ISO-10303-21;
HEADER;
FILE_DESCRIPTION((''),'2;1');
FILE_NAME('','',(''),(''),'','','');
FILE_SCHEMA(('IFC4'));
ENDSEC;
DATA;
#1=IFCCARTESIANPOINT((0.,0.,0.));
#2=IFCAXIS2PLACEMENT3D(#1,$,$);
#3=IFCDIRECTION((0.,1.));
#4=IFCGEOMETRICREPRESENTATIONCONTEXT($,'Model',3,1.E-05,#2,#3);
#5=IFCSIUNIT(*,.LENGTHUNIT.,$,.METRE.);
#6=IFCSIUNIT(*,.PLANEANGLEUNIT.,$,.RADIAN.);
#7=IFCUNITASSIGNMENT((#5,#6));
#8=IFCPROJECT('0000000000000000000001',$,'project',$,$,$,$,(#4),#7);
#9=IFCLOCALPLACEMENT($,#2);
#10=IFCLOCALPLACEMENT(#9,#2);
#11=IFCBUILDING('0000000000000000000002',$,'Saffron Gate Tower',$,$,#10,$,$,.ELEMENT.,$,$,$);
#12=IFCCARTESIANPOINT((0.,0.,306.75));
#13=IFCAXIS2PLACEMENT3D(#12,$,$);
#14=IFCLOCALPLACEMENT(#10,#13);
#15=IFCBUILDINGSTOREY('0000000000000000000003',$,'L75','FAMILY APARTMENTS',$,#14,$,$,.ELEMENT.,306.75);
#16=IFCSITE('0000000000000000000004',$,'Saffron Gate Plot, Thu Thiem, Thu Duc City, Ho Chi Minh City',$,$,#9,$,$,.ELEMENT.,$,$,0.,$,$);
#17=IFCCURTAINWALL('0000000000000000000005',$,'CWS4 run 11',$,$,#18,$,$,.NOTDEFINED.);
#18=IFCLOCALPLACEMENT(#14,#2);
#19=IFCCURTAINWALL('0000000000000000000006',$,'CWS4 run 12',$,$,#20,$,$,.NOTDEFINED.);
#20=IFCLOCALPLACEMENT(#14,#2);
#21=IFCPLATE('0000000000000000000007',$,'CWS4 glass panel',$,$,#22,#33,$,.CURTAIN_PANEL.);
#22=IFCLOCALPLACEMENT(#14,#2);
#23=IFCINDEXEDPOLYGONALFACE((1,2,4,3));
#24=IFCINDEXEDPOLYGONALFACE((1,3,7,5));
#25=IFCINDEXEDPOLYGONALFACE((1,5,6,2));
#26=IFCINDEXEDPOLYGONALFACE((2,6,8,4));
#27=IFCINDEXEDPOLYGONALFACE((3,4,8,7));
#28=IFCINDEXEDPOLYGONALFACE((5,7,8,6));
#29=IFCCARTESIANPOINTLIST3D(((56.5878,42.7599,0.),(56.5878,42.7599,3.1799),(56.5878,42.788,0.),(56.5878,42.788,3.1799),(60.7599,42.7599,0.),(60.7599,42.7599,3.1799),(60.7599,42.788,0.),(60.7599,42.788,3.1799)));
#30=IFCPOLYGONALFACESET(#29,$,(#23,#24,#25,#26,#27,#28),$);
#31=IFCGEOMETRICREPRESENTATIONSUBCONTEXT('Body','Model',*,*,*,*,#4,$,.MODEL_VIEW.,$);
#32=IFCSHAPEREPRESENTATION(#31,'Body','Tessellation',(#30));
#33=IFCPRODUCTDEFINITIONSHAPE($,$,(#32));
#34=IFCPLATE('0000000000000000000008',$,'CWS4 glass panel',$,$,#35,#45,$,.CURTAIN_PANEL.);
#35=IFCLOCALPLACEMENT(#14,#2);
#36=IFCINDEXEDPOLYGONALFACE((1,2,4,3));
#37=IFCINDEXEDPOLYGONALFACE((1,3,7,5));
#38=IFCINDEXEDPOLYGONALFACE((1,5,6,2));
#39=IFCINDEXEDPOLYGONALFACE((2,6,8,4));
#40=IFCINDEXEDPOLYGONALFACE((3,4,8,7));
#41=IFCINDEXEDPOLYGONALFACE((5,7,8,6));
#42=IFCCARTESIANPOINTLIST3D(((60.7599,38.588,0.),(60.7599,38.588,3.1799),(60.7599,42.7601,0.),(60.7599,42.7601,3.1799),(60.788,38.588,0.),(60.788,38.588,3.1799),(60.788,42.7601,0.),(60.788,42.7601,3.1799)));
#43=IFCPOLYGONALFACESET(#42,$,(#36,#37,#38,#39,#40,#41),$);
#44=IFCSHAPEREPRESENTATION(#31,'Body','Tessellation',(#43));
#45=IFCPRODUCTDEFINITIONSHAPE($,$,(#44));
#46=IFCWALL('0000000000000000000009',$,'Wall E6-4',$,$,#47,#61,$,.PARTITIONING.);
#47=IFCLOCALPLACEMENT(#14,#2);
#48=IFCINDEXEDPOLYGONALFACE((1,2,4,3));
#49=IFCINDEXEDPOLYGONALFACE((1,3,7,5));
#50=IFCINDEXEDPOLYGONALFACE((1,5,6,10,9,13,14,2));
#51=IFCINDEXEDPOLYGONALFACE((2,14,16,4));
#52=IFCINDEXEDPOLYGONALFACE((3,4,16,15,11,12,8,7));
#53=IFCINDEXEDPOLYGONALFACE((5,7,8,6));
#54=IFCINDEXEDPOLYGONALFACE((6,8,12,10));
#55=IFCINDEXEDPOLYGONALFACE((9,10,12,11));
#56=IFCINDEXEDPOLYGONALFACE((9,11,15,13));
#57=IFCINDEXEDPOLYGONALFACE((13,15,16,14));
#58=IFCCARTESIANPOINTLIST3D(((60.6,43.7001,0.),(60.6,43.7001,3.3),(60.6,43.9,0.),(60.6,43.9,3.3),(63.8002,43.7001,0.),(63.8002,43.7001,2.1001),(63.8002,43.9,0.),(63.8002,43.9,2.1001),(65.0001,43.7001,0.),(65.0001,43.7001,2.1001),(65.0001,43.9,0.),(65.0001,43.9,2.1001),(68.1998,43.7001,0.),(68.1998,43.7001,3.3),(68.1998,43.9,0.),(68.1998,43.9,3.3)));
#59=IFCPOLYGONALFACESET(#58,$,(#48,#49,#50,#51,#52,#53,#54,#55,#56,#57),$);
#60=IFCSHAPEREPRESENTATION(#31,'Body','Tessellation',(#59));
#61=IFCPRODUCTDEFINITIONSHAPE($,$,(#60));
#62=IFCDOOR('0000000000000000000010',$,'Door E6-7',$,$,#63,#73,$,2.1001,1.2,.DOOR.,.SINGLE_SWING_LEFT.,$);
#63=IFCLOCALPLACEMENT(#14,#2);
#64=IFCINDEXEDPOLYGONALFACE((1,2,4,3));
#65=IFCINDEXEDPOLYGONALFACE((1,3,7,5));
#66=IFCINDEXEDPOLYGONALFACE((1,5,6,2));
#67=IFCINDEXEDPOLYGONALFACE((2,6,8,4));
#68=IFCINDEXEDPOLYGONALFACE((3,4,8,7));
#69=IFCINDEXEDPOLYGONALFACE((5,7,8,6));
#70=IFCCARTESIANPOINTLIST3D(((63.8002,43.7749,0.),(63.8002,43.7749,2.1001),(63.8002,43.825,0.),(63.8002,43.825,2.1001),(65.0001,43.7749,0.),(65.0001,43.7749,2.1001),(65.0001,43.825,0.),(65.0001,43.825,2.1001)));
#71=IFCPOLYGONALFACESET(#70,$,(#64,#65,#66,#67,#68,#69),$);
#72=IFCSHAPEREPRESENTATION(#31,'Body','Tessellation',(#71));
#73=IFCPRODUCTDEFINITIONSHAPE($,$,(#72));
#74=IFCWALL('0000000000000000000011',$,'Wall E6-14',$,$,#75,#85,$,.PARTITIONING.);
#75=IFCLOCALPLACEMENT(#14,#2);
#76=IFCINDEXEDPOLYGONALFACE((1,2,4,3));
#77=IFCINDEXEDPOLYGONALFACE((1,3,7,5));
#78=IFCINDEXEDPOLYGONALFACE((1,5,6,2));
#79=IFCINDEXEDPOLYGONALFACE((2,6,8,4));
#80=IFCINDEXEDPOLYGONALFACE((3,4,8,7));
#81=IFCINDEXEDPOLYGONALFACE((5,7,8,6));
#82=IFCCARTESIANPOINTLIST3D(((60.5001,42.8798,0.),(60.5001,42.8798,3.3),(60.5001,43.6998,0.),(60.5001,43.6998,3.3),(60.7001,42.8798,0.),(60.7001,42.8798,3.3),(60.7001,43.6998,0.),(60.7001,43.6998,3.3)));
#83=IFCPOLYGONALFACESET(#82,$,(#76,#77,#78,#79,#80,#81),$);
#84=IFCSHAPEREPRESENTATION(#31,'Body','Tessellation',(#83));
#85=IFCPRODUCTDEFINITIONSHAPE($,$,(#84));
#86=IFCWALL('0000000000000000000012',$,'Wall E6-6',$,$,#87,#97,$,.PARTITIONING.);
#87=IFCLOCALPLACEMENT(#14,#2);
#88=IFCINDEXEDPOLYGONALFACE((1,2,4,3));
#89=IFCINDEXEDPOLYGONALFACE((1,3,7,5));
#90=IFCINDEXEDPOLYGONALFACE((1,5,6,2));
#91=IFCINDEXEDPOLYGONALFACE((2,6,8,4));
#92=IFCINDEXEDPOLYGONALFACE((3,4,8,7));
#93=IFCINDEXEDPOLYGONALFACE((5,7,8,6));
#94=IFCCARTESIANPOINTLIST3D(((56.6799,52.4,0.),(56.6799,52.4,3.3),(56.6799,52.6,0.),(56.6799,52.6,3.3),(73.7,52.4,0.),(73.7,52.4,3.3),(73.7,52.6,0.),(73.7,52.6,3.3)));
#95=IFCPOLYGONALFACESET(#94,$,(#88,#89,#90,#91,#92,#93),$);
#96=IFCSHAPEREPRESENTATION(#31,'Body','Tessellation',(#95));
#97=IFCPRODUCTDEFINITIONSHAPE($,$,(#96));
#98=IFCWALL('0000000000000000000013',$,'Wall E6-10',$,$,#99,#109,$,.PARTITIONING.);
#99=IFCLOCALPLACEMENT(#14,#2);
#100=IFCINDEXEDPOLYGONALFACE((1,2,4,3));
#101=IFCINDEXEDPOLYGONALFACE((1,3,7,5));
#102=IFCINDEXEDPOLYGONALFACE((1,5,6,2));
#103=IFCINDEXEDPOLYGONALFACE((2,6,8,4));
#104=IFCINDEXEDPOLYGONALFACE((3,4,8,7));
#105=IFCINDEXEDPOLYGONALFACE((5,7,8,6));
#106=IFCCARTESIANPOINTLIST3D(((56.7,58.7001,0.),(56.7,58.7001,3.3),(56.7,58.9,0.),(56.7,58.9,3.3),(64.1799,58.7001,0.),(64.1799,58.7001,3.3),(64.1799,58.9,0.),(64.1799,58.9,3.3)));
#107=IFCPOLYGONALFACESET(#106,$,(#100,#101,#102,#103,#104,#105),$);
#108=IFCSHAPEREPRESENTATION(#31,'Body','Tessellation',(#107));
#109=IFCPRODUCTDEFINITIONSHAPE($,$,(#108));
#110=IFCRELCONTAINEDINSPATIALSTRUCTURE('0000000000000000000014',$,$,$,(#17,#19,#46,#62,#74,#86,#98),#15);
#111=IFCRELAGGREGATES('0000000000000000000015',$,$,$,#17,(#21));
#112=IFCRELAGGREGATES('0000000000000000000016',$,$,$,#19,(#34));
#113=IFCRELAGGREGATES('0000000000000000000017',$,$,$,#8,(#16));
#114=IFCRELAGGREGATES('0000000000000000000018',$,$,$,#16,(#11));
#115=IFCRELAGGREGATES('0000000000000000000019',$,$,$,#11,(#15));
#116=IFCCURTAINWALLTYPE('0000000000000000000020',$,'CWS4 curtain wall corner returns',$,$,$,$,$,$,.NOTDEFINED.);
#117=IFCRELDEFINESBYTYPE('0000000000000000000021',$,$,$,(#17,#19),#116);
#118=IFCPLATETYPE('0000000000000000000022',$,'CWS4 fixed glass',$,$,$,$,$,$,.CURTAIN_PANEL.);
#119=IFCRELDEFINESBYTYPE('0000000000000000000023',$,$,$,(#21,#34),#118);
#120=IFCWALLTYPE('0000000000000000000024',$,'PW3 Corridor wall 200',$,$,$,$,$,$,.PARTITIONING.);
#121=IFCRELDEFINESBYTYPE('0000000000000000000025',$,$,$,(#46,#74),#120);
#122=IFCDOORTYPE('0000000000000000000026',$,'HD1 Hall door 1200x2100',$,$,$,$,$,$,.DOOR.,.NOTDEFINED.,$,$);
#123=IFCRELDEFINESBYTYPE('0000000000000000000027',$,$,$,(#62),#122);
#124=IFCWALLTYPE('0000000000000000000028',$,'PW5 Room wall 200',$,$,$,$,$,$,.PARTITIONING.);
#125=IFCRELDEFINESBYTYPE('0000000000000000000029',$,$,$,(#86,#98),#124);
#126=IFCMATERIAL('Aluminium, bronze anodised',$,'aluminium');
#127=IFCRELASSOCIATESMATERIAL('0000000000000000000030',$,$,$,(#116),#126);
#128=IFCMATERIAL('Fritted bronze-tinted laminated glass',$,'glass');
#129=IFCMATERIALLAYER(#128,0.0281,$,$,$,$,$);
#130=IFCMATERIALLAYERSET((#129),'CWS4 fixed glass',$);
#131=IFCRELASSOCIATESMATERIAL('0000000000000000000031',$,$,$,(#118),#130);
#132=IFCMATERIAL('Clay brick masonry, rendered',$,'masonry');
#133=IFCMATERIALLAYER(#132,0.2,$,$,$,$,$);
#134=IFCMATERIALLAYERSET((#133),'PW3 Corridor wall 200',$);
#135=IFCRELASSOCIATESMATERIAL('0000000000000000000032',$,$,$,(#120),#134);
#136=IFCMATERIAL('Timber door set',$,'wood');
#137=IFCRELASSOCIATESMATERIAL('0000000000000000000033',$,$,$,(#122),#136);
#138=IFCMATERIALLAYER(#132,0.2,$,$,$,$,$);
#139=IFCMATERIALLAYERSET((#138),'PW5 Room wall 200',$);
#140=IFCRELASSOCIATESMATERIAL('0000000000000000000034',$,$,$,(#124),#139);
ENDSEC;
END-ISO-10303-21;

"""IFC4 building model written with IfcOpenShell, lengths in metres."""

from ifc_helpers import new_model, si_unit, direction, frame, frame_2d, origin, place, context, subcontext, project, spatial, rectangle, extrude, material, layer, layer_set, type_object, element, fill, aggregate, save


model = new_model("IFC4")

# Units and contexts
model_context = context("Model", 3, precision=1e-05, world=origin(), true_north=direction((0.0, 1.0)))
body_context = subcontext(model_context, "Body", "Model", "MODEL_VIEW")
ifc_project = project(units=[si_unit("LENGTHUNIT", "METRE"), si_unit("PLANEANGLEUNIT", "RADIAN")], contexts=[model_context])

# Site, building, storey
site_placement = place(None, origin())
site = spatial("IfcSite", under=ifc_project, at=site_placement, Name="Saffron Gate Plot, Thu Thiem, Thu Duc City, Ho Chi Minh City", CompositionType="ELEMENT", RefElevation=0.0)
building_placement = place(site_placement, origin())
building = spatial("IfcBuilding", under=site, at=building_placement, Name="Saffron Gate Tower", CompositionType="ELEMENT")
storey_placement = place(building_placement, frame((0.0, 0.0, 306.75)))
storey = spatial("IfcBuildingStorey", under=building, at=storey_placement, Name="L75", Description="FAMILY APARTMENTS", CompositionType="ELEMENT", Elevation=306.75)

# Shared definitions
ifc_material_1 = material(Name="Aluminium, bronze anodised", Category="aluminium")

# Curtain wall
curtain_wall_type_1 = type_object("IfcCurtainWallType", Name="CWS4 curtain wall corner returns", PredefinedType="NOTDEFINED", material=ifc_material_1)
curtain_wall_1_placement = place(storey_placement, origin())
curtain_wall_1 = element("IfcCurtainWall", 1, at=curtain_wall_1_placement, inside=storey, type_object=curtain_wall_type_1, Name="CWS4 run 11", PredefinedType="NOTDEFINED")

# Curtain wall
curtain_wall_2_placement = place(storey_placement, origin())
curtain_wall_2 = element("IfcCurtainWall", 2, at=curtain_wall_2_placement, inside=storey, type_object=curtain_wall_type_1, Name="CWS4 run 12", PredefinedType="NOTDEFINED")

# Plates
ifc_material_2 = material(Name="Fritted bronze-tinted laminated glass", Category="glass")
ifc_layer_1 = layer(ifc_material_2, 0.0281)
ifc_layer_set_1 = layer_set([ifc_layer_1], Name="CWS4 fixed glass")
plate_type = type_object("IfcPlateType", Name="CWS4 fixed glass", PredefinedType="CURTAIN_PANEL", material=ifc_layer_set_1)
plate_1_placement = place(storey_placement, frame((56.5879, 42.7739, 0.0), z_axis=(0.0, 0.0, 1.0), x_axis=(1.0, 0.0, 0.0)))
plate_1 = element("IfcPlate", 3, at=plate_1_placement, type_object=plate_type, Name="CWS4 glass panel", PredefinedType="CURTAIN_PANEL", context=body_context, shape_type="SweptSolid", body=[
    extrude(rectangle(XDim=4.1721, YDim=0.0281, at=frame_2d((2.0859, 0.0))), origin(), (0.0, 0.0, 1.0), 3.1799),
])
aggregate(curtain_wall_1, [plate_1])
plate_2_placement = place(storey_placement, frame((60.7739, 42.76, 0.0), z_axis=(0.0, 0.0, 1.0), x_axis=(0.0, -1.0, 0.0)))
plate_2 = element("IfcPlate", 4, at=plate_2_placement, type_object=plate_type, Name="CWS4 glass panel", PredefinedType="CURTAIN_PANEL", context=body_context, shape_type="SweptSolid", body=[
    extrude(rectangle(XDim=4.1721, YDim=0.0281, at=frame_2d((2.0859, 0.0))), origin(), (0.0, 0.0, 1.0), 3.1799),
])
aggregate(curtain_wall_2, [plate_2])

# Wall, opening, door
ifc_material_3 = material(Name="Clay brick masonry, rendered", Category="masonry")
ifc_layer_2 = layer(ifc_material_3, 0.2)
ifc_layer_set_2 = layer_set([ifc_layer_2], Name="PW3 Corridor wall 200")
wall_type_1 = type_object("IfcWallType", Name="PW3 Corridor wall 200", PredefinedType="PARTITIONING", material=ifc_layer_set_2)
wall_1_placement = place(storey_placement, frame((60.6001, 43.8, 0.0), z_axis=(0.0, 0.0, 1.0), x_axis=(1.0, 0.0, 0.0)))
wall_1 = element("IfcWall", 5, at=wall_1_placement, inside=storey, type_object=wall_type_1, Name="Wall E6-4", PredefinedType="PARTITIONING", context=body_context, shape_type="SweptSolid", body=[
    extrude(rectangle(XDim=7.5999, YDim=0.2, at=frame_2d((3.7998, 0.0))), origin(), (0.0, 0.0, 1.0), 3.3),
])
opening_placement = place(wall_1_placement, frame((3.2, 0.0, 0.0)))
opening = element("IfcOpeningElement", 6, at=opening_placement, cuts=wall_1, PredefinedType="OPENING", context=body_context, shape_type="SweptSolid", body=[
    extrude(rectangle(XDim=1.2, YDim=2.1001, at=frame_2d((0.6001, 1.05))), frame((0.0, 0.1099, 0.0), z_axis=(0.0, -1.0, 0.0), x_axis=(1.0, 0.0, 0.0)), (0.0, 0.0, 1.0), 0.22),
])
ifc_material_4 = material(Name="Timber door set", Category="wood")
door_type = type_object("IfcDoorType", Name="HD1 Hall door 1200x2100", OperationType="NOTDEFINED", PredefinedType="DOOR", material=ifc_material_4)
door_placement = place(opening_placement, origin())
door = element("IfcDoor", 7, at=door_placement, inside=storey, type_object=door_type, Name="Door E6-7", OperationType="SINGLE_SWING_LEFT", OverallHeight=2.1001, OverallWidth=1.2, PredefinedType="DOOR", context=body_context, shape_type="SweptSolid", body=[
    extrude(rectangle(XDim=1.2, YDim=2.1001, at=frame_2d((0.6001, 1.05))), frame((0.0, 0.0249, 0.0), z_axis=(0.0, -1.0, 0.0), x_axis=(1.0, 0.0, 0.0)), (0.0, 0.0, 1.0), 0.05),
])
fill(opening, door)

# Walls
wall_2_placement = place(storey_placement, frame((60.6001, 43.7, 0.0), z_axis=(0.0, 0.0, 1.0), x_axis=(0.0, -1.0, 0.0)))
element("IfcWall", 8, at=wall_2_placement, inside=storey, type_object=wall_type_1, Name="Wall E6-14", PredefinedType="PARTITIONING", context=body_context, shape_type="SweptSolid", body=[
    extrude(rectangle(XDim=0.8201, YDim=0.2, at=frame_2d((0.4102, 0.0))), origin(), (0.0, 0.0, 1.0), 3.3),
])
ifc_layer_3 = layer(ifc_material_3, 0.2)
ifc_layer_set_3 = layer_set([ifc_layer_3], Name="PW5 Room wall 200")
wall_type_2 = type_object("IfcWallType", Name="PW5 Room wall 200", PredefinedType="PARTITIONING", material=ifc_layer_set_3)
wall_3_placement = place(storey_placement, frame((56.6799, 52.5, 0.0), z_axis=(0.0, 0.0, 1.0), x_axis=(1.0, 0.0, 0.0)))
element("IfcWall", 9, at=wall_3_placement, inside=storey, type_object=wall_type_2, Name="Wall E6-6", PredefinedType="PARTITIONING", context=body_context, shape_type="SweptSolid", body=[
    extrude(rectangle(XDim=17.02, YDim=0.2, at=frame_2d((8.51, 0.0))), origin(), (0.0, 0.0, 1.0), 3.3),
])
wall_4_placement = place(storey_placement, frame((56.7, 58.8, 0.0), z_axis=(0.0, 0.0, 1.0), x_axis=(1.0, 0.0, 0.0)))
element("IfcWall", 10, at=wall_4_placement, inside=storey, type_object=wall_type_2, Name="Wall E6-10", PredefinedType="PARTITIONING", context=body_context, shape_type="SweptSolid", body=[
    extrude(rectangle(XDim=7.48, YDim=0.2, at=frame_2d((3.74, 0.0))), origin(), (0.0, 0.0, 1.0), 3.3),
])

save(model, "model.ifc")
